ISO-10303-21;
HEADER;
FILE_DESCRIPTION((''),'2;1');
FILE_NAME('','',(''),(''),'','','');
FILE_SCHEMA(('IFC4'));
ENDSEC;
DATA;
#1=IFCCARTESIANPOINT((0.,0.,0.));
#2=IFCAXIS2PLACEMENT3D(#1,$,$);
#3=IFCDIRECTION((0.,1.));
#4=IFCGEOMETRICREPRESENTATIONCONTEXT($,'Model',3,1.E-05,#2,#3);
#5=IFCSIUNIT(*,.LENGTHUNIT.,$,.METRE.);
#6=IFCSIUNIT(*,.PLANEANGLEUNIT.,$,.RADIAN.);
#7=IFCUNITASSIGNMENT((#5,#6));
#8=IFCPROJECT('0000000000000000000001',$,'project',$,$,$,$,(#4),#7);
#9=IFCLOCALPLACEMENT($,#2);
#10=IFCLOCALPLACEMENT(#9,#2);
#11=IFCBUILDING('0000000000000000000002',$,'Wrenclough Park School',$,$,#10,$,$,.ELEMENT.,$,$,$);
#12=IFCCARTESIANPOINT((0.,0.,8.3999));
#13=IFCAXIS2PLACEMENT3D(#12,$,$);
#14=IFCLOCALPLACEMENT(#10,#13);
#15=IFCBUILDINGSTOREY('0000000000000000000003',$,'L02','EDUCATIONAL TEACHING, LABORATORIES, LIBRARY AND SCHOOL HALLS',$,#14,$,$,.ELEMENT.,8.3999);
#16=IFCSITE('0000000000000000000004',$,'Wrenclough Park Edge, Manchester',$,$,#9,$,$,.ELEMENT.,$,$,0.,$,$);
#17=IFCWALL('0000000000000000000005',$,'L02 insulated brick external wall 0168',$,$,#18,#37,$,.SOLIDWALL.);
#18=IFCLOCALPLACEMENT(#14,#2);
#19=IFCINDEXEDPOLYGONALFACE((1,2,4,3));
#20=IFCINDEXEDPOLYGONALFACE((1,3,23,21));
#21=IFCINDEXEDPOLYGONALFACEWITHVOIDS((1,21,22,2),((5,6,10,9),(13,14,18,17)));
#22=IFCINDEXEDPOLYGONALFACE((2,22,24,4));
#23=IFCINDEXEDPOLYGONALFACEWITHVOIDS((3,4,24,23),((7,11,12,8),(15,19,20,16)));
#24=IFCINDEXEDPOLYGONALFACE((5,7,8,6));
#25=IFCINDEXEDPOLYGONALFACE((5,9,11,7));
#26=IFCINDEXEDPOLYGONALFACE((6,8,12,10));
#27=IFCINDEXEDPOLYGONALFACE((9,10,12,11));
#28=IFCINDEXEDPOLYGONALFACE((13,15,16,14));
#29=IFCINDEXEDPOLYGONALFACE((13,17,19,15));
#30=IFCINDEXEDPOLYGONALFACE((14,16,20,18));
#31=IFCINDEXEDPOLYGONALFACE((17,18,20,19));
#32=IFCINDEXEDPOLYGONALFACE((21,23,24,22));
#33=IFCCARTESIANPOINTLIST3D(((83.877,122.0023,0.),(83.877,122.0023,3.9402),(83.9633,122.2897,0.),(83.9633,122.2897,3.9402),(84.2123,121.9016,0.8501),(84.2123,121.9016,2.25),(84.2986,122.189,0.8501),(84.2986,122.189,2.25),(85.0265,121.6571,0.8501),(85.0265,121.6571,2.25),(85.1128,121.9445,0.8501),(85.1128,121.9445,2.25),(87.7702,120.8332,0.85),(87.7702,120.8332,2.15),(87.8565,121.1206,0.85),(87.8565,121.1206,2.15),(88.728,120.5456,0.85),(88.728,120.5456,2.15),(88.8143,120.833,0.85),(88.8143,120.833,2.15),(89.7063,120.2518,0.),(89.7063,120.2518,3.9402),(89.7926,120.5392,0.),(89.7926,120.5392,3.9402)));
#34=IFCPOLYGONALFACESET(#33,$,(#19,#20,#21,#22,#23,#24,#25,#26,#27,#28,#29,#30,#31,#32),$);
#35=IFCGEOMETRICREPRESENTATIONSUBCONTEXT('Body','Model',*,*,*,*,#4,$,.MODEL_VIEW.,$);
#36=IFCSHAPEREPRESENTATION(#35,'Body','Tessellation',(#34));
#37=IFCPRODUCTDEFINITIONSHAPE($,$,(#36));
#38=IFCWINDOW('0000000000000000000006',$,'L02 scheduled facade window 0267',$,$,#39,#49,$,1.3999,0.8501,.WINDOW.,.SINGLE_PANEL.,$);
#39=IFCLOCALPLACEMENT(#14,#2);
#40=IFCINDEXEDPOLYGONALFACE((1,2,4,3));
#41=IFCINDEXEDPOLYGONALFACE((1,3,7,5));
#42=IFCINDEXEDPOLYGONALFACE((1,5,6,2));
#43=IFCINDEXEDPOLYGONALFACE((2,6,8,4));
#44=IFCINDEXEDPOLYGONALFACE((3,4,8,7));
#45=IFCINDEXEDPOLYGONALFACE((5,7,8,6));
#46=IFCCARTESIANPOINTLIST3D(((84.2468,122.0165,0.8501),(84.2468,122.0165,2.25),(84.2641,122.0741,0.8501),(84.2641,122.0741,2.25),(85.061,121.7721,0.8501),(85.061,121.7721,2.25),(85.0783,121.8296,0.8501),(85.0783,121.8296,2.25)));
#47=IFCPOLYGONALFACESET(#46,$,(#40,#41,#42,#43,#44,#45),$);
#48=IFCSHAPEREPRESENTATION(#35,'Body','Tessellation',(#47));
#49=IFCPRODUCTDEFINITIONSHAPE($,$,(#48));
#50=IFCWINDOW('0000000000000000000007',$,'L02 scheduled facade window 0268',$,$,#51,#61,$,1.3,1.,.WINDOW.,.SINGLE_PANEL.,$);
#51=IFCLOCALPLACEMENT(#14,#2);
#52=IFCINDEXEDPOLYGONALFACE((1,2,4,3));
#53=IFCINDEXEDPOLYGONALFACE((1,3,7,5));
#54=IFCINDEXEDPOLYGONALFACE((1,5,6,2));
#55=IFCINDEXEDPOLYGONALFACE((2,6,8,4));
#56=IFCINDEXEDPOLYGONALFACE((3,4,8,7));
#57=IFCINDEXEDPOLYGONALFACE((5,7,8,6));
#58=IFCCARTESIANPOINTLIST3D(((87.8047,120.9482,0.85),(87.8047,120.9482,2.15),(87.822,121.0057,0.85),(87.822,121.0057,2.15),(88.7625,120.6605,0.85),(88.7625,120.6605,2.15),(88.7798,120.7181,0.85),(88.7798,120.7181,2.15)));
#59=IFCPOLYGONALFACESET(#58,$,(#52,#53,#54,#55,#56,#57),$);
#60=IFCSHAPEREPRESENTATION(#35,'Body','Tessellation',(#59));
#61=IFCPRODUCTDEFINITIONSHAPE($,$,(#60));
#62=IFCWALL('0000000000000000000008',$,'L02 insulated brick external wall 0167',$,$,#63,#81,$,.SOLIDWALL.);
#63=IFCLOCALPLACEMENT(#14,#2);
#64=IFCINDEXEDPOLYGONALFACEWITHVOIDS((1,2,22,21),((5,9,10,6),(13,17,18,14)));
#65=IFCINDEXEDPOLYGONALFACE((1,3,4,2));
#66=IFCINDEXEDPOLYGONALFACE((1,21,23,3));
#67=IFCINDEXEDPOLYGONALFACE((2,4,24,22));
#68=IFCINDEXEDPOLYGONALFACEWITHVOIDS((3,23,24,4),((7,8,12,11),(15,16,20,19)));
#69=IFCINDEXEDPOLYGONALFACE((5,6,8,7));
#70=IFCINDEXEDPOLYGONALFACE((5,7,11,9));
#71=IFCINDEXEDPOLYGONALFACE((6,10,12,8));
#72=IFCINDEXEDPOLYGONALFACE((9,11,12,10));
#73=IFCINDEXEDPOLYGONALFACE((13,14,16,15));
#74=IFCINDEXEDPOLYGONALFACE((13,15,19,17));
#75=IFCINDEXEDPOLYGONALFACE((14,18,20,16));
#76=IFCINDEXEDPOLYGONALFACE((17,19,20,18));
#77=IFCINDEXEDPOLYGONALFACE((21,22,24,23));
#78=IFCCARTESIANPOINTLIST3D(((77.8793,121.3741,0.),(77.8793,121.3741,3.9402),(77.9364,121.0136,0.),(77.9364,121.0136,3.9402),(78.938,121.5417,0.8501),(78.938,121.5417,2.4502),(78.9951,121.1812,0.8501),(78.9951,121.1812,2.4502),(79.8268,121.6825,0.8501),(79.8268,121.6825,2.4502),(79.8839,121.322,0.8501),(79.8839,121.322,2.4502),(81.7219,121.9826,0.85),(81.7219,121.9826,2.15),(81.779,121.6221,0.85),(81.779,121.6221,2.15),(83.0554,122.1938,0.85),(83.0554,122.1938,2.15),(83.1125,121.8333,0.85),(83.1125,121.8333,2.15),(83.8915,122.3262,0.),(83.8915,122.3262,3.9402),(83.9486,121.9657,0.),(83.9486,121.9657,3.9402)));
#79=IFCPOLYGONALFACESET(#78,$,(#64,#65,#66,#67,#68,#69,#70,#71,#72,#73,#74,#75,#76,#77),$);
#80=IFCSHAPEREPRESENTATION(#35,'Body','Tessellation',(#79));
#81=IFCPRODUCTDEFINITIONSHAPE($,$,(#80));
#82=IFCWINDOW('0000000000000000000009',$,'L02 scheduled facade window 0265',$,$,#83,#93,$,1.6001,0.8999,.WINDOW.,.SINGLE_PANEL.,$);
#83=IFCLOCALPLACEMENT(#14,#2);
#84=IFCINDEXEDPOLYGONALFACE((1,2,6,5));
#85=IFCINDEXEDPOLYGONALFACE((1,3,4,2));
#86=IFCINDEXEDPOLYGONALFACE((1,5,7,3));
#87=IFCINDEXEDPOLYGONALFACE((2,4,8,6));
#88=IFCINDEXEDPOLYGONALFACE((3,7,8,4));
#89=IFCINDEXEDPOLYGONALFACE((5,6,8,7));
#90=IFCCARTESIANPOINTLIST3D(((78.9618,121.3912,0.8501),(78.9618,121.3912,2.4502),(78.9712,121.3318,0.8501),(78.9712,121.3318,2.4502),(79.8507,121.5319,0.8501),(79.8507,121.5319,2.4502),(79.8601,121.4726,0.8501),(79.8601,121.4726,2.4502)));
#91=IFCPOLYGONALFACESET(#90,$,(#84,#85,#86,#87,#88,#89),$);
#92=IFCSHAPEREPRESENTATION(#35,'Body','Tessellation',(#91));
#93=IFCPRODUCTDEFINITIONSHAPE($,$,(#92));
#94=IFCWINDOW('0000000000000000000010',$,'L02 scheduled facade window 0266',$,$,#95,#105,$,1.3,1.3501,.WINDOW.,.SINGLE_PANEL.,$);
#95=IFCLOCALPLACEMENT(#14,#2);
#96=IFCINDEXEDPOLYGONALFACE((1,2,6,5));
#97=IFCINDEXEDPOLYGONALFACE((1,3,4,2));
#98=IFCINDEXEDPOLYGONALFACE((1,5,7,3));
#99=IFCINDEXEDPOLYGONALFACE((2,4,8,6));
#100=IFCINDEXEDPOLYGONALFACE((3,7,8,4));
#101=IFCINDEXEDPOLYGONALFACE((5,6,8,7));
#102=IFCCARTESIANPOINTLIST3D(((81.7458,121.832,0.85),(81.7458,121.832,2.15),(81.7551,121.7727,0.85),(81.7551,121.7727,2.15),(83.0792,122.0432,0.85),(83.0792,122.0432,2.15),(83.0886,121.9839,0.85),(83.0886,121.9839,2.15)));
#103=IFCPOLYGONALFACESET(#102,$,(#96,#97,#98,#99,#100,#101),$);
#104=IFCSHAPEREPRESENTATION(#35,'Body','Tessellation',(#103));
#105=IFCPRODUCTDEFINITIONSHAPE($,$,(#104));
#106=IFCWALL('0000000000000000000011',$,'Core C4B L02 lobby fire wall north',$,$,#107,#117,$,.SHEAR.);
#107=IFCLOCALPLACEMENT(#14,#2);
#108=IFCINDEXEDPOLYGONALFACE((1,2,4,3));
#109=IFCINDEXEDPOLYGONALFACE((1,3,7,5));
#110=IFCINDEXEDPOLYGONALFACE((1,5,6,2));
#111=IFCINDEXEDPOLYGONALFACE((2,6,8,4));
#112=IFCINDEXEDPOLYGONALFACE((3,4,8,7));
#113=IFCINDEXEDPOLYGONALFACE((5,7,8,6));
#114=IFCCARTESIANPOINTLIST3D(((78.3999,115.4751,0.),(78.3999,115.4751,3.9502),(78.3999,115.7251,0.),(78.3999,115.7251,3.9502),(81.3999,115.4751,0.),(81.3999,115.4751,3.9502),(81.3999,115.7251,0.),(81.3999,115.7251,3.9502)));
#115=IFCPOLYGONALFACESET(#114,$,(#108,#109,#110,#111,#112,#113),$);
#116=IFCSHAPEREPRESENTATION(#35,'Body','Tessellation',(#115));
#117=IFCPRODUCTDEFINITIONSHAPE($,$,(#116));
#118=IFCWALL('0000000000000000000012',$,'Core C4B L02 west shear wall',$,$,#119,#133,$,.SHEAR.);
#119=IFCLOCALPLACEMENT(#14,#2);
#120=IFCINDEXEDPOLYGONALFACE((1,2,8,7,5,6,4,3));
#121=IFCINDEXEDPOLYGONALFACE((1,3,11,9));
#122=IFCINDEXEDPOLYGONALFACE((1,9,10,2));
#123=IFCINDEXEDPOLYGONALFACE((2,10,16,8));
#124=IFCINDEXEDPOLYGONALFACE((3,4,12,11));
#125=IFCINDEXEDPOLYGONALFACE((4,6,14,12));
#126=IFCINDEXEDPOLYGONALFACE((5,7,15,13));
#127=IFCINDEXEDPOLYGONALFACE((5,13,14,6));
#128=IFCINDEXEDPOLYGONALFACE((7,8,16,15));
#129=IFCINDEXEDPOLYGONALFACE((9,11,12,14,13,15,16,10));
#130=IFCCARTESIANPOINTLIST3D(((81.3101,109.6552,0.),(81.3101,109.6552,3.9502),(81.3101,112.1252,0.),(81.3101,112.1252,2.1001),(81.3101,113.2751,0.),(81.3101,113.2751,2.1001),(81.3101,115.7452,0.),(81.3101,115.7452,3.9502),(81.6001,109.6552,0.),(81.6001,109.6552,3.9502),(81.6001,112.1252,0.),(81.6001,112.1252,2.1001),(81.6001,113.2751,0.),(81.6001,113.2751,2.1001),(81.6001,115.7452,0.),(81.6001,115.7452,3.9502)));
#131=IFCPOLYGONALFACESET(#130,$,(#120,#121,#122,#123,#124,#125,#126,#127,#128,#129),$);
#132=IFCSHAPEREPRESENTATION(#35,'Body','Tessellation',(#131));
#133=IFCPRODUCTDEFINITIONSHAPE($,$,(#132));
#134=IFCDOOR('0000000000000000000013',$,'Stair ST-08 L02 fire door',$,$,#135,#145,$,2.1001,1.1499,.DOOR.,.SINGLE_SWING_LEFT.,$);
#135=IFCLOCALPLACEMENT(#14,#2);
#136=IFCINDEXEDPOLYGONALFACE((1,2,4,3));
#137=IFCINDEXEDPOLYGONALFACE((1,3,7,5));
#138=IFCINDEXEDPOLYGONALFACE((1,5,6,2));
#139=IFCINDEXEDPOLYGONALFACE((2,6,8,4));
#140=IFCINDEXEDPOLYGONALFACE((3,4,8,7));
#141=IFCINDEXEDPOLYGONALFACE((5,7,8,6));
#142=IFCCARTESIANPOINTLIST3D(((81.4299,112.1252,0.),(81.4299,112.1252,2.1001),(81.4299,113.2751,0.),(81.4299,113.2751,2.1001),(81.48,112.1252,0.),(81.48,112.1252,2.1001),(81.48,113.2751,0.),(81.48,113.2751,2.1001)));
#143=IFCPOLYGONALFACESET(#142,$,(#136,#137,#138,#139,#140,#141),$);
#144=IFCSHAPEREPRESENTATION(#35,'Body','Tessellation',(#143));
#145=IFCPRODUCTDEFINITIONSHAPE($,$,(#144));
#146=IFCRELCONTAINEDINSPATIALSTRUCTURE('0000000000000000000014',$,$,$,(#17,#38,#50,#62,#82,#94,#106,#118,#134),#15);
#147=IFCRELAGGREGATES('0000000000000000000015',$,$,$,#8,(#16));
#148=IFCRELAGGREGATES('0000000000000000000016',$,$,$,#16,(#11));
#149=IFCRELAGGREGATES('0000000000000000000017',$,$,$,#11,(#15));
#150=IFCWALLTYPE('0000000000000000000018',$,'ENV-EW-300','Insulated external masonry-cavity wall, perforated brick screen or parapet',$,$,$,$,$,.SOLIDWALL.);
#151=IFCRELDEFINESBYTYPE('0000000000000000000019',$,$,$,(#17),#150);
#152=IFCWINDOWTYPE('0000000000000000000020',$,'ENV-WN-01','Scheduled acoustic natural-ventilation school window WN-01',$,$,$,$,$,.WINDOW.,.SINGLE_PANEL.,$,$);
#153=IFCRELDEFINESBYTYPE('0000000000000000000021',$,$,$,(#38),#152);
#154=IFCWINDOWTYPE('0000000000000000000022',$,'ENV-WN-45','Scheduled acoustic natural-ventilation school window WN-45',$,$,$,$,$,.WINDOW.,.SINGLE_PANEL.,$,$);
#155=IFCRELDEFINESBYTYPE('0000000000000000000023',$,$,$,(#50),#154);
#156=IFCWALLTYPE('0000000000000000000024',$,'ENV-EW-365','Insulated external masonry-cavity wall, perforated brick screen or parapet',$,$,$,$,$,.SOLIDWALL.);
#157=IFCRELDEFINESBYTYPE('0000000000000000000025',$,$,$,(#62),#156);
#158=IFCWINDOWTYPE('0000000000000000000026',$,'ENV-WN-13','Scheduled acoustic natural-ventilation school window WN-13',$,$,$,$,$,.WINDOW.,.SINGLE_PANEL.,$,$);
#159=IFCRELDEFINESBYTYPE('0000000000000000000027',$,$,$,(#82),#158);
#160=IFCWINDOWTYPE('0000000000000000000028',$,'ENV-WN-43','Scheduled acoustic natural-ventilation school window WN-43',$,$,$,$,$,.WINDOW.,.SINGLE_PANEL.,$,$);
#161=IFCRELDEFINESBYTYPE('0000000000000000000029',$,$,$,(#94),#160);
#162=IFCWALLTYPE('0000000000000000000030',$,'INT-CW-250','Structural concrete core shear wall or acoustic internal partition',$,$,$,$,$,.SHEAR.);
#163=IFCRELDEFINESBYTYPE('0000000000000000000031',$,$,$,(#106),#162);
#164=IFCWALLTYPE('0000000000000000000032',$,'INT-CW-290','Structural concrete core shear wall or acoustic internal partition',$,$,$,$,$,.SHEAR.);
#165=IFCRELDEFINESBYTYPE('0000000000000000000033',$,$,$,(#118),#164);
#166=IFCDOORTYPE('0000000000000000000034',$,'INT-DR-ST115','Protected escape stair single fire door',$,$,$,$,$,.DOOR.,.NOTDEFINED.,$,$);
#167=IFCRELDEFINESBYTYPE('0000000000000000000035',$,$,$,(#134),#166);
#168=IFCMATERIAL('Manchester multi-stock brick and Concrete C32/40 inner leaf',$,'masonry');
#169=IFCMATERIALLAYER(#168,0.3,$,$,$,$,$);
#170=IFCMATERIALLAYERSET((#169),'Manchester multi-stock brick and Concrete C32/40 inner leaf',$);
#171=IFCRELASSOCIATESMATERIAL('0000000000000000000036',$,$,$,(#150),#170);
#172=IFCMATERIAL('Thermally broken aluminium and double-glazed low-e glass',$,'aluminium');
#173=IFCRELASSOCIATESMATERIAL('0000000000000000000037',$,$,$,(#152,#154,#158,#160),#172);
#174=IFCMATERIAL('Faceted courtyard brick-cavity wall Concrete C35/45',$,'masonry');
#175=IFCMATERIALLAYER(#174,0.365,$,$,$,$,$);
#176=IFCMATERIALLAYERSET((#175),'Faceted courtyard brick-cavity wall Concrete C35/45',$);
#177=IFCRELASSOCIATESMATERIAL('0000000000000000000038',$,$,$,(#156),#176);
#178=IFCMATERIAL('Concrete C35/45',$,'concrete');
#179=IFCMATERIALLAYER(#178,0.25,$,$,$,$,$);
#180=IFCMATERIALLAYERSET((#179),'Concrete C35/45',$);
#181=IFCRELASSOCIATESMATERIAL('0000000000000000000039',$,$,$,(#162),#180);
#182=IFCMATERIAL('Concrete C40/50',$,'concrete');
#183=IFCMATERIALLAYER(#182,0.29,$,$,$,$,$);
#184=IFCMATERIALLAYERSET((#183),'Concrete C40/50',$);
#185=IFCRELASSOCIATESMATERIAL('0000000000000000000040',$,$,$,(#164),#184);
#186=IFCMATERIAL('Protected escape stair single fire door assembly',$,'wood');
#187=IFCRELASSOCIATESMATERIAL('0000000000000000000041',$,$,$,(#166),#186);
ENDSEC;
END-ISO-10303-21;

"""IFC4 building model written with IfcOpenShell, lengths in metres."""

from ifc_helpers import new_model, si_unit, direction, frame, frame_2d, origin, place, context, subcontext, project, spatial, rectangle, extrude, material, layer, layer_set, type_object, element, fill, save


model = new_model("IFC4")

# Units and contexts
model_context = context("Model", 3, precision=1e-05, world=origin(), true_north=direction((0.0, 1.0)))
body_context = subcontext(model_context, "Body", "Model", "MODEL_VIEW")
ifc_project = project(units=[si_unit("LENGTHUNIT", "METRE"), si_unit("PLANEANGLEUNIT", "RADIAN")], contexts=[model_context])

# Site, building, storey
site_placement = place(None, origin())
site = spatial("IfcSite", under=ifc_project, at=site_placement, Name="Wrenclough Park Edge, Manchester", CompositionType="ELEMENT", RefElevation=0.0)
building_placement = place(site_placement, origin())
building = spatial("IfcBuilding", under=site, at=building_placement, Name="Wrenclough Park School", CompositionType="ELEMENT")
storey_placement = place(building_placement, frame((0.0, 0.0, 8.3999)))
storey = spatial("IfcBuildingStorey", under=building, at=storey_placement, Name="L02", Description="EDUCATIONAL TEACHING, LABORATORIES, LIBRARY AND SCHOOL HALLS", CompositionType="ELEMENT", Elevation=8.3999)

# Walls, openings, windows
ifc_material_1 = material(Name="Manchester multi-stock brick and Concrete C32/40 inner leaf", Category="masonry")
ifc_layer_1 = layer(ifc_material_1, 0.3)
ifc_layer_set_1 = layer_set([ifc_layer_1], Name="Manchester multi-stock brick and Concrete C32/40 inner leaf")
wall_type_1 = type_object("IfcWallType", Name="ENV-EW-300", Description="Insulated external masonry-cavity wall, perforated brick screen or parapet", PredefinedType="SOLIDWALL", material=ifc_layer_set_1)
wall_1_placement = place(storey_placement, frame((83.9202, 122.146, 0.0), z_axis=(0.0, 0.0, 1.0), x_axis=(0.95775, -0.287602, 0.0)))
wall_1 = element("IfcWall", 1, at=wall_1_placement, inside=storey, type_object=wall_type_1, Name="L02 insulated brick external wall 0168", PredefinedType="SOLIDWALL", context=body_context, shape_type="SweptSolid", body=[
    extrude(rectangle(XDim=6.0864, YDim=0.3, at=frame_2d((3.0432, 0.0))), origin(), (0.0, 0.0, 1.0), 3.9402),
])
opening_1_placement = place(wall_1_placement, frame((0.3501, 0.0, 0.8501)))
opening_1 = element("IfcOpeningElement", 2, at=opening_1_placement, cuts=wall_1, PredefinedType="OPENING", context=body_context, shape_type="SweptSolid", body=[
    extrude(rectangle(XDim=0.8501, YDim=1.3999, at=frame_2d((0.425, 0.7))), frame((0.0, 0.1599, 0.0), z_axis=(0.0, -1.0, 0.0), x_axis=(1.0, 0.0, 0.0)), (0.0, 0.0, 1.0), 0.3201),
])
opening_2_placement = place(wall_1_placement, frame((4.0649, 0.0, 0.8501)))
opening_2 = element("IfcOpeningElement", 3, at=opening_2_placement, cuts=wall_1, PredefinedType="OPENING", context=body_context, shape_type="SweptSolid", body=[
    extrude(rectangle(XDim=1.0, YDim=1.3, at=frame_2d((0.5, 0.6499))), frame((0.0, 0.1599, 0.0), z_axis=(0.0, -1.0, 0.0), x_axis=(1.0, 0.0, 0.0)), (0.0, 0.0, 1.0), 0.3201),
])
ifc_material_2 = material(Name="Thermally broken aluminium and double-glazed low-e glass", Category="aluminium")
window_type_1 = type_object("IfcWindowType", Name="ENV-WN-01", Description="Scheduled acoustic natural-ventilation school window WN-01", PartitioningType="SINGLE_PANEL", PredefinedType="WINDOW", material=ifc_material_2)
window_1_placement = place(opening_1_placement, origin())
window_1 = element("IfcWindow", 4, at=window_1_placement, inside=storey, type_object=window_type_1, Name="L02 scheduled facade window 0267", OverallHeight=1.3999, OverallWidth=0.8501, PartitioningType="SINGLE_PANEL", PredefinedType="WINDOW", context=body_context, shape_type="SweptSolid", body=[
    extrude(rectangle(XDim=0.8501, YDim=1.3999, at=frame_2d((0.425, 0.7))), frame((0.0, 0.03, 0.0), z_axis=(0.0, -1.0, 0.0), x_axis=(1.0, 0.0, 0.0)), (0.0, 0.0, 1.0), 0.0601),
])
fill(opening_1, window_1)
window_type_2 = type_object("IfcWindowType", Name="ENV-WN-45", Description="Scheduled acoustic natural-ventilation school window WN-45", PartitioningType="SINGLE_PANEL", PredefinedType="WINDOW", material=ifc_material_2)
window_2_placement = place(opening_2_placement, origin())
window_2 = element("IfcWindow", 5, at=window_2_placement, inside=storey, type_object=window_type_2, Name="L02 scheduled facade window 0268", OverallHeight=1.3, OverallWidth=1.0, PartitioningType="SINGLE_PANEL", PredefinedType="WINDOW", context=body_context, shape_type="SweptSolid", body=[
    extrude(rectangle(XDim=1.0, YDim=1.3, at=frame_2d((0.5, 0.6499))), frame((0.0, 0.03, 0.0), z_axis=(0.0, -1.0, 0.0), x_axis=(1.0, 0.0, 0.0)), (0.0, 0.0, 1.0), 0.0601),
])
fill(opening_2, window_2)
ifc_material_3 = material(Name="Faceted courtyard brick-cavity wall Concrete C35/45", Category="masonry")
ifc_layer_2 = layer(ifc_material_3, 0.365)
ifc_layer_set_2 = layer_set([ifc_layer_2], Name="Faceted courtyard brick-cavity wall Concrete C35/45")
wall_type_2 = type_object("IfcWallType", Name="ENV-EW-365", Description="Insulated external masonry-cavity wall, perforated brick screen or parapet", PredefinedType="SOLIDWALL", material=ifc_layer_set_2)
wall_2_placement = place(storey_placement, frame((77.908, 121.1938, 0.0), z_axis=(0.0, 0.0, 1.0), x_axis=(0.987691, 0.15642, 0.0)))
wall_2 = element("IfcWall", 6, at=wall_2_placement, inside=storey, type_object=wall_type_2, Name="L02 insulated brick external wall 0167", PredefinedType="SOLIDWALL", context=body_context, shape_type="SweptSolid", body=[
    extrude(rectangle(XDim=6.0872, YDim=0.365, at=frame_2d((3.0435, 0.0))), origin(), (0.0, 0.0, 1.0), 3.9402),
])
opening_3_placement = place(wall_2_placement, frame((1.0718, 0.0, 0.8501)))
opening_3 = element("IfcOpeningElement", 7, at=opening_3_placement, cuts=wall_2, PredefinedType="OPENING", context=body_context, shape_type="SweptSolid", body=[
    extrude(rectangle(XDim=0.8999, YDim=1.6001, at=frame_2d((0.45, 0.8))), frame((0.0, 0.1924, 0.0), z_axis=(0.0, -1.0, 0.0), x_axis=(1.0, 0.0, 0.0)), (0.0, 0.0, 1.0), 0.385),
])
opening_4_placement = place(wall_2_placement, frame((3.8904, 0.0, 0.8501)))
opening_4 = element("IfcOpeningElement", 8, at=opening_4_placement, cuts=wall_2, PredefinedType="OPENING", context=body_context, shape_type="SweptSolid", body=[
    extrude(rectangle(XDim=1.3501, YDim=1.3, at=frame_2d((0.675, 0.6499))), frame((0.0, 0.1924, 0.0), z_axis=(0.0, -1.0, 0.0), x_axis=(1.0, 0.0, 0.0)), (0.0, 0.0, 1.0), 0.385),
])
window_type_3 = type_object("IfcWindowType", Name="ENV-WN-13", Description="Scheduled acoustic natural-ventilation school window WN-13", PartitioningType="SINGLE_PANEL", PredefinedType="WINDOW", material=ifc_material_2)
window_3_placement = place(opening_3_placement, origin())
window_3 = element("IfcWindow", 9, at=window_3_placement, inside=storey, type_object=window_type_3, Name="L02 scheduled facade window 0265", OverallHeight=1.6001, OverallWidth=0.8999, PartitioningType="SINGLE_PANEL", PredefinedType="WINDOW", context=body_context, shape_type="SweptSolid", body=[
    extrude(rectangle(XDim=0.8999, YDim=1.6001, at=frame_2d((0.45, 0.8))), frame((0.0, 0.03, 0.0), z_axis=(0.0, -1.0, 0.0), x_axis=(1.0, 0.0, 0.0)), (0.0, 0.0, 1.0), 0.0601),
])
fill(opening_3, window_3)
window_type_4 = type_object("IfcWindowType", Name="ENV-WN-43", Description="Scheduled acoustic natural-ventilation school window WN-43", PartitioningType="SINGLE_PANEL", PredefinedType="WINDOW", material=ifc_material_2)
window_4_placement = place(opening_4_placement, origin())
window_4 = element("IfcWindow", 10, at=window_4_placement, inside=storey, type_object=window_type_4, Name="L02 scheduled facade window 0266", OverallHeight=1.3, OverallWidth=1.3501, PartitioningType="SINGLE_PANEL", PredefinedType="WINDOW", context=body_context, shape_type="SweptSolid", body=[
    extrude(rectangle(XDim=1.3501, YDim=1.3, at=frame_2d((0.675, 0.6499))), frame((0.0, 0.03, 0.0), z_axis=(0.0, -1.0, 0.0), x_axis=(1.0, 0.0, 0.0)), (0.0, 0.0, 1.0), 0.0601),
])
fill(opening_4, window_4)

# Wall
ifc_material_4 = material(Name="Concrete C35/45", Category="concrete")
ifc_layer_3 = layer(ifc_material_4, 0.25)
ifc_layer_set_3 = layer_set([ifc_layer_3], Name="Concrete C35/45")
wall_type_3 = type_object("IfcWallType", Name="INT-CW-250", Description="Structural concrete core shear wall or acoustic internal partition", PredefinedType="SHEAR", material=ifc_layer_set_3)
wall_3_placement = place(storey_placement, frame((81.3999, 115.6001, 0.0), z_axis=(0.0, 0.0, 1.0), x_axis=(-1.0, 0.0, 0.0)))
element("IfcWall", 11, at=wall_3_placement, inside=storey, type_object=wall_type_3, Name="Core C4B L02 lobby fire wall north", PredefinedType="SHEAR", context=body_context, shape_type="SweptSolid", body=[
    extrude(rectangle(XDim=3.0, YDim=0.25, at=frame_2d((1.5, 0.0))), origin(), (0.0, 0.0, 1.0), 3.9502),
])

# Wall, opening, door
ifc_material_5 = material(Name="Concrete C40/50", Category="concrete")
ifc_layer_4 = layer(ifc_material_5, 0.29)
ifc_layer_set_4 = layer_set([ifc_layer_4], Name="Concrete C40/50")
wall_type_4 = type_object("IfcWallType", Name="INT-CW-290", Description="Structural concrete core shear wall or acoustic internal partition", PredefinedType="SHEAR", material=ifc_layer_set_4)
wall_4_placement = place(storey_placement, frame((81.4551, 115.7451, 0.0), z_axis=(0.0, 0.0, 1.0), x_axis=(0.0, -1.0, 0.0)))
wall_4 = element("IfcWall", 12, at=wall_4_placement, inside=storey, type_object=wall_type_4, Name="Core C4B L02 west shear wall", PredefinedType="SHEAR", context=body_context, shape_type="SweptSolid", body=[
    extrude(rectangle(XDim=6.0901, YDim=0.29, at=frame_2d((3.0449, 0.0))), origin(), (0.0, 0.0, 1.0), 3.9502),
])
opening_5_placement = place(wall_4_placement, frame((2.47, 0.0, 0.0)))
opening_5 = element("IfcOpeningElement", 13, at=opening_5_placement, cuts=wall_4, PredefinedType="OPENING", context=body_context, shape_type="SweptSolid", body=[
    extrude(rectangle(XDim=1.1499, YDim=2.1001, at=frame_2d((0.575, 1.05))), frame((0.0, 0.155, 0.0), z_axis=(0.0, -1.0, 0.0), x_axis=(1.0, 0.0, 0.0)), (0.0, 0.0, 1.0), 0.3101),
])
ifc_material_6 = material(Name="Protected escape stair single fire door assembly", Category="wood")
door_type = type_object("IfcDoorType", Name="INT-DR-ST115", Description="Protected escape stair single fire door", OperationType="NOTDEFINED", PredefinedType="DOOR", material=ifc_material_6)
door_placement = place(opening_5_placement, origin())
door = element("IfcDoor", 14, at=door_placement, inside=storey, type_object=door_type, Name="Stair ST-08 L02 fire door", OperationType="SINGLE_SWING_LEFT", OverallHeight=2.1001, OverallWidth=1.1499, PredefinedType="DOOR", context=body_context, shape_type="SweptSolid", body=[
    extrude(rectangle(XDim=1.1499, YDim=2.1001, at=frame_2d((0.575, 1.05))), frame((0.0, 0.0249, 0.0), z_axis=(0.0, -1.0, 0.0), x_axis=(1.0, 0.0, 0.0)), (0.0, 0.0, 1.0), 0.05),
])
fill(opening_5, door)

save(model, "model.ifc")
